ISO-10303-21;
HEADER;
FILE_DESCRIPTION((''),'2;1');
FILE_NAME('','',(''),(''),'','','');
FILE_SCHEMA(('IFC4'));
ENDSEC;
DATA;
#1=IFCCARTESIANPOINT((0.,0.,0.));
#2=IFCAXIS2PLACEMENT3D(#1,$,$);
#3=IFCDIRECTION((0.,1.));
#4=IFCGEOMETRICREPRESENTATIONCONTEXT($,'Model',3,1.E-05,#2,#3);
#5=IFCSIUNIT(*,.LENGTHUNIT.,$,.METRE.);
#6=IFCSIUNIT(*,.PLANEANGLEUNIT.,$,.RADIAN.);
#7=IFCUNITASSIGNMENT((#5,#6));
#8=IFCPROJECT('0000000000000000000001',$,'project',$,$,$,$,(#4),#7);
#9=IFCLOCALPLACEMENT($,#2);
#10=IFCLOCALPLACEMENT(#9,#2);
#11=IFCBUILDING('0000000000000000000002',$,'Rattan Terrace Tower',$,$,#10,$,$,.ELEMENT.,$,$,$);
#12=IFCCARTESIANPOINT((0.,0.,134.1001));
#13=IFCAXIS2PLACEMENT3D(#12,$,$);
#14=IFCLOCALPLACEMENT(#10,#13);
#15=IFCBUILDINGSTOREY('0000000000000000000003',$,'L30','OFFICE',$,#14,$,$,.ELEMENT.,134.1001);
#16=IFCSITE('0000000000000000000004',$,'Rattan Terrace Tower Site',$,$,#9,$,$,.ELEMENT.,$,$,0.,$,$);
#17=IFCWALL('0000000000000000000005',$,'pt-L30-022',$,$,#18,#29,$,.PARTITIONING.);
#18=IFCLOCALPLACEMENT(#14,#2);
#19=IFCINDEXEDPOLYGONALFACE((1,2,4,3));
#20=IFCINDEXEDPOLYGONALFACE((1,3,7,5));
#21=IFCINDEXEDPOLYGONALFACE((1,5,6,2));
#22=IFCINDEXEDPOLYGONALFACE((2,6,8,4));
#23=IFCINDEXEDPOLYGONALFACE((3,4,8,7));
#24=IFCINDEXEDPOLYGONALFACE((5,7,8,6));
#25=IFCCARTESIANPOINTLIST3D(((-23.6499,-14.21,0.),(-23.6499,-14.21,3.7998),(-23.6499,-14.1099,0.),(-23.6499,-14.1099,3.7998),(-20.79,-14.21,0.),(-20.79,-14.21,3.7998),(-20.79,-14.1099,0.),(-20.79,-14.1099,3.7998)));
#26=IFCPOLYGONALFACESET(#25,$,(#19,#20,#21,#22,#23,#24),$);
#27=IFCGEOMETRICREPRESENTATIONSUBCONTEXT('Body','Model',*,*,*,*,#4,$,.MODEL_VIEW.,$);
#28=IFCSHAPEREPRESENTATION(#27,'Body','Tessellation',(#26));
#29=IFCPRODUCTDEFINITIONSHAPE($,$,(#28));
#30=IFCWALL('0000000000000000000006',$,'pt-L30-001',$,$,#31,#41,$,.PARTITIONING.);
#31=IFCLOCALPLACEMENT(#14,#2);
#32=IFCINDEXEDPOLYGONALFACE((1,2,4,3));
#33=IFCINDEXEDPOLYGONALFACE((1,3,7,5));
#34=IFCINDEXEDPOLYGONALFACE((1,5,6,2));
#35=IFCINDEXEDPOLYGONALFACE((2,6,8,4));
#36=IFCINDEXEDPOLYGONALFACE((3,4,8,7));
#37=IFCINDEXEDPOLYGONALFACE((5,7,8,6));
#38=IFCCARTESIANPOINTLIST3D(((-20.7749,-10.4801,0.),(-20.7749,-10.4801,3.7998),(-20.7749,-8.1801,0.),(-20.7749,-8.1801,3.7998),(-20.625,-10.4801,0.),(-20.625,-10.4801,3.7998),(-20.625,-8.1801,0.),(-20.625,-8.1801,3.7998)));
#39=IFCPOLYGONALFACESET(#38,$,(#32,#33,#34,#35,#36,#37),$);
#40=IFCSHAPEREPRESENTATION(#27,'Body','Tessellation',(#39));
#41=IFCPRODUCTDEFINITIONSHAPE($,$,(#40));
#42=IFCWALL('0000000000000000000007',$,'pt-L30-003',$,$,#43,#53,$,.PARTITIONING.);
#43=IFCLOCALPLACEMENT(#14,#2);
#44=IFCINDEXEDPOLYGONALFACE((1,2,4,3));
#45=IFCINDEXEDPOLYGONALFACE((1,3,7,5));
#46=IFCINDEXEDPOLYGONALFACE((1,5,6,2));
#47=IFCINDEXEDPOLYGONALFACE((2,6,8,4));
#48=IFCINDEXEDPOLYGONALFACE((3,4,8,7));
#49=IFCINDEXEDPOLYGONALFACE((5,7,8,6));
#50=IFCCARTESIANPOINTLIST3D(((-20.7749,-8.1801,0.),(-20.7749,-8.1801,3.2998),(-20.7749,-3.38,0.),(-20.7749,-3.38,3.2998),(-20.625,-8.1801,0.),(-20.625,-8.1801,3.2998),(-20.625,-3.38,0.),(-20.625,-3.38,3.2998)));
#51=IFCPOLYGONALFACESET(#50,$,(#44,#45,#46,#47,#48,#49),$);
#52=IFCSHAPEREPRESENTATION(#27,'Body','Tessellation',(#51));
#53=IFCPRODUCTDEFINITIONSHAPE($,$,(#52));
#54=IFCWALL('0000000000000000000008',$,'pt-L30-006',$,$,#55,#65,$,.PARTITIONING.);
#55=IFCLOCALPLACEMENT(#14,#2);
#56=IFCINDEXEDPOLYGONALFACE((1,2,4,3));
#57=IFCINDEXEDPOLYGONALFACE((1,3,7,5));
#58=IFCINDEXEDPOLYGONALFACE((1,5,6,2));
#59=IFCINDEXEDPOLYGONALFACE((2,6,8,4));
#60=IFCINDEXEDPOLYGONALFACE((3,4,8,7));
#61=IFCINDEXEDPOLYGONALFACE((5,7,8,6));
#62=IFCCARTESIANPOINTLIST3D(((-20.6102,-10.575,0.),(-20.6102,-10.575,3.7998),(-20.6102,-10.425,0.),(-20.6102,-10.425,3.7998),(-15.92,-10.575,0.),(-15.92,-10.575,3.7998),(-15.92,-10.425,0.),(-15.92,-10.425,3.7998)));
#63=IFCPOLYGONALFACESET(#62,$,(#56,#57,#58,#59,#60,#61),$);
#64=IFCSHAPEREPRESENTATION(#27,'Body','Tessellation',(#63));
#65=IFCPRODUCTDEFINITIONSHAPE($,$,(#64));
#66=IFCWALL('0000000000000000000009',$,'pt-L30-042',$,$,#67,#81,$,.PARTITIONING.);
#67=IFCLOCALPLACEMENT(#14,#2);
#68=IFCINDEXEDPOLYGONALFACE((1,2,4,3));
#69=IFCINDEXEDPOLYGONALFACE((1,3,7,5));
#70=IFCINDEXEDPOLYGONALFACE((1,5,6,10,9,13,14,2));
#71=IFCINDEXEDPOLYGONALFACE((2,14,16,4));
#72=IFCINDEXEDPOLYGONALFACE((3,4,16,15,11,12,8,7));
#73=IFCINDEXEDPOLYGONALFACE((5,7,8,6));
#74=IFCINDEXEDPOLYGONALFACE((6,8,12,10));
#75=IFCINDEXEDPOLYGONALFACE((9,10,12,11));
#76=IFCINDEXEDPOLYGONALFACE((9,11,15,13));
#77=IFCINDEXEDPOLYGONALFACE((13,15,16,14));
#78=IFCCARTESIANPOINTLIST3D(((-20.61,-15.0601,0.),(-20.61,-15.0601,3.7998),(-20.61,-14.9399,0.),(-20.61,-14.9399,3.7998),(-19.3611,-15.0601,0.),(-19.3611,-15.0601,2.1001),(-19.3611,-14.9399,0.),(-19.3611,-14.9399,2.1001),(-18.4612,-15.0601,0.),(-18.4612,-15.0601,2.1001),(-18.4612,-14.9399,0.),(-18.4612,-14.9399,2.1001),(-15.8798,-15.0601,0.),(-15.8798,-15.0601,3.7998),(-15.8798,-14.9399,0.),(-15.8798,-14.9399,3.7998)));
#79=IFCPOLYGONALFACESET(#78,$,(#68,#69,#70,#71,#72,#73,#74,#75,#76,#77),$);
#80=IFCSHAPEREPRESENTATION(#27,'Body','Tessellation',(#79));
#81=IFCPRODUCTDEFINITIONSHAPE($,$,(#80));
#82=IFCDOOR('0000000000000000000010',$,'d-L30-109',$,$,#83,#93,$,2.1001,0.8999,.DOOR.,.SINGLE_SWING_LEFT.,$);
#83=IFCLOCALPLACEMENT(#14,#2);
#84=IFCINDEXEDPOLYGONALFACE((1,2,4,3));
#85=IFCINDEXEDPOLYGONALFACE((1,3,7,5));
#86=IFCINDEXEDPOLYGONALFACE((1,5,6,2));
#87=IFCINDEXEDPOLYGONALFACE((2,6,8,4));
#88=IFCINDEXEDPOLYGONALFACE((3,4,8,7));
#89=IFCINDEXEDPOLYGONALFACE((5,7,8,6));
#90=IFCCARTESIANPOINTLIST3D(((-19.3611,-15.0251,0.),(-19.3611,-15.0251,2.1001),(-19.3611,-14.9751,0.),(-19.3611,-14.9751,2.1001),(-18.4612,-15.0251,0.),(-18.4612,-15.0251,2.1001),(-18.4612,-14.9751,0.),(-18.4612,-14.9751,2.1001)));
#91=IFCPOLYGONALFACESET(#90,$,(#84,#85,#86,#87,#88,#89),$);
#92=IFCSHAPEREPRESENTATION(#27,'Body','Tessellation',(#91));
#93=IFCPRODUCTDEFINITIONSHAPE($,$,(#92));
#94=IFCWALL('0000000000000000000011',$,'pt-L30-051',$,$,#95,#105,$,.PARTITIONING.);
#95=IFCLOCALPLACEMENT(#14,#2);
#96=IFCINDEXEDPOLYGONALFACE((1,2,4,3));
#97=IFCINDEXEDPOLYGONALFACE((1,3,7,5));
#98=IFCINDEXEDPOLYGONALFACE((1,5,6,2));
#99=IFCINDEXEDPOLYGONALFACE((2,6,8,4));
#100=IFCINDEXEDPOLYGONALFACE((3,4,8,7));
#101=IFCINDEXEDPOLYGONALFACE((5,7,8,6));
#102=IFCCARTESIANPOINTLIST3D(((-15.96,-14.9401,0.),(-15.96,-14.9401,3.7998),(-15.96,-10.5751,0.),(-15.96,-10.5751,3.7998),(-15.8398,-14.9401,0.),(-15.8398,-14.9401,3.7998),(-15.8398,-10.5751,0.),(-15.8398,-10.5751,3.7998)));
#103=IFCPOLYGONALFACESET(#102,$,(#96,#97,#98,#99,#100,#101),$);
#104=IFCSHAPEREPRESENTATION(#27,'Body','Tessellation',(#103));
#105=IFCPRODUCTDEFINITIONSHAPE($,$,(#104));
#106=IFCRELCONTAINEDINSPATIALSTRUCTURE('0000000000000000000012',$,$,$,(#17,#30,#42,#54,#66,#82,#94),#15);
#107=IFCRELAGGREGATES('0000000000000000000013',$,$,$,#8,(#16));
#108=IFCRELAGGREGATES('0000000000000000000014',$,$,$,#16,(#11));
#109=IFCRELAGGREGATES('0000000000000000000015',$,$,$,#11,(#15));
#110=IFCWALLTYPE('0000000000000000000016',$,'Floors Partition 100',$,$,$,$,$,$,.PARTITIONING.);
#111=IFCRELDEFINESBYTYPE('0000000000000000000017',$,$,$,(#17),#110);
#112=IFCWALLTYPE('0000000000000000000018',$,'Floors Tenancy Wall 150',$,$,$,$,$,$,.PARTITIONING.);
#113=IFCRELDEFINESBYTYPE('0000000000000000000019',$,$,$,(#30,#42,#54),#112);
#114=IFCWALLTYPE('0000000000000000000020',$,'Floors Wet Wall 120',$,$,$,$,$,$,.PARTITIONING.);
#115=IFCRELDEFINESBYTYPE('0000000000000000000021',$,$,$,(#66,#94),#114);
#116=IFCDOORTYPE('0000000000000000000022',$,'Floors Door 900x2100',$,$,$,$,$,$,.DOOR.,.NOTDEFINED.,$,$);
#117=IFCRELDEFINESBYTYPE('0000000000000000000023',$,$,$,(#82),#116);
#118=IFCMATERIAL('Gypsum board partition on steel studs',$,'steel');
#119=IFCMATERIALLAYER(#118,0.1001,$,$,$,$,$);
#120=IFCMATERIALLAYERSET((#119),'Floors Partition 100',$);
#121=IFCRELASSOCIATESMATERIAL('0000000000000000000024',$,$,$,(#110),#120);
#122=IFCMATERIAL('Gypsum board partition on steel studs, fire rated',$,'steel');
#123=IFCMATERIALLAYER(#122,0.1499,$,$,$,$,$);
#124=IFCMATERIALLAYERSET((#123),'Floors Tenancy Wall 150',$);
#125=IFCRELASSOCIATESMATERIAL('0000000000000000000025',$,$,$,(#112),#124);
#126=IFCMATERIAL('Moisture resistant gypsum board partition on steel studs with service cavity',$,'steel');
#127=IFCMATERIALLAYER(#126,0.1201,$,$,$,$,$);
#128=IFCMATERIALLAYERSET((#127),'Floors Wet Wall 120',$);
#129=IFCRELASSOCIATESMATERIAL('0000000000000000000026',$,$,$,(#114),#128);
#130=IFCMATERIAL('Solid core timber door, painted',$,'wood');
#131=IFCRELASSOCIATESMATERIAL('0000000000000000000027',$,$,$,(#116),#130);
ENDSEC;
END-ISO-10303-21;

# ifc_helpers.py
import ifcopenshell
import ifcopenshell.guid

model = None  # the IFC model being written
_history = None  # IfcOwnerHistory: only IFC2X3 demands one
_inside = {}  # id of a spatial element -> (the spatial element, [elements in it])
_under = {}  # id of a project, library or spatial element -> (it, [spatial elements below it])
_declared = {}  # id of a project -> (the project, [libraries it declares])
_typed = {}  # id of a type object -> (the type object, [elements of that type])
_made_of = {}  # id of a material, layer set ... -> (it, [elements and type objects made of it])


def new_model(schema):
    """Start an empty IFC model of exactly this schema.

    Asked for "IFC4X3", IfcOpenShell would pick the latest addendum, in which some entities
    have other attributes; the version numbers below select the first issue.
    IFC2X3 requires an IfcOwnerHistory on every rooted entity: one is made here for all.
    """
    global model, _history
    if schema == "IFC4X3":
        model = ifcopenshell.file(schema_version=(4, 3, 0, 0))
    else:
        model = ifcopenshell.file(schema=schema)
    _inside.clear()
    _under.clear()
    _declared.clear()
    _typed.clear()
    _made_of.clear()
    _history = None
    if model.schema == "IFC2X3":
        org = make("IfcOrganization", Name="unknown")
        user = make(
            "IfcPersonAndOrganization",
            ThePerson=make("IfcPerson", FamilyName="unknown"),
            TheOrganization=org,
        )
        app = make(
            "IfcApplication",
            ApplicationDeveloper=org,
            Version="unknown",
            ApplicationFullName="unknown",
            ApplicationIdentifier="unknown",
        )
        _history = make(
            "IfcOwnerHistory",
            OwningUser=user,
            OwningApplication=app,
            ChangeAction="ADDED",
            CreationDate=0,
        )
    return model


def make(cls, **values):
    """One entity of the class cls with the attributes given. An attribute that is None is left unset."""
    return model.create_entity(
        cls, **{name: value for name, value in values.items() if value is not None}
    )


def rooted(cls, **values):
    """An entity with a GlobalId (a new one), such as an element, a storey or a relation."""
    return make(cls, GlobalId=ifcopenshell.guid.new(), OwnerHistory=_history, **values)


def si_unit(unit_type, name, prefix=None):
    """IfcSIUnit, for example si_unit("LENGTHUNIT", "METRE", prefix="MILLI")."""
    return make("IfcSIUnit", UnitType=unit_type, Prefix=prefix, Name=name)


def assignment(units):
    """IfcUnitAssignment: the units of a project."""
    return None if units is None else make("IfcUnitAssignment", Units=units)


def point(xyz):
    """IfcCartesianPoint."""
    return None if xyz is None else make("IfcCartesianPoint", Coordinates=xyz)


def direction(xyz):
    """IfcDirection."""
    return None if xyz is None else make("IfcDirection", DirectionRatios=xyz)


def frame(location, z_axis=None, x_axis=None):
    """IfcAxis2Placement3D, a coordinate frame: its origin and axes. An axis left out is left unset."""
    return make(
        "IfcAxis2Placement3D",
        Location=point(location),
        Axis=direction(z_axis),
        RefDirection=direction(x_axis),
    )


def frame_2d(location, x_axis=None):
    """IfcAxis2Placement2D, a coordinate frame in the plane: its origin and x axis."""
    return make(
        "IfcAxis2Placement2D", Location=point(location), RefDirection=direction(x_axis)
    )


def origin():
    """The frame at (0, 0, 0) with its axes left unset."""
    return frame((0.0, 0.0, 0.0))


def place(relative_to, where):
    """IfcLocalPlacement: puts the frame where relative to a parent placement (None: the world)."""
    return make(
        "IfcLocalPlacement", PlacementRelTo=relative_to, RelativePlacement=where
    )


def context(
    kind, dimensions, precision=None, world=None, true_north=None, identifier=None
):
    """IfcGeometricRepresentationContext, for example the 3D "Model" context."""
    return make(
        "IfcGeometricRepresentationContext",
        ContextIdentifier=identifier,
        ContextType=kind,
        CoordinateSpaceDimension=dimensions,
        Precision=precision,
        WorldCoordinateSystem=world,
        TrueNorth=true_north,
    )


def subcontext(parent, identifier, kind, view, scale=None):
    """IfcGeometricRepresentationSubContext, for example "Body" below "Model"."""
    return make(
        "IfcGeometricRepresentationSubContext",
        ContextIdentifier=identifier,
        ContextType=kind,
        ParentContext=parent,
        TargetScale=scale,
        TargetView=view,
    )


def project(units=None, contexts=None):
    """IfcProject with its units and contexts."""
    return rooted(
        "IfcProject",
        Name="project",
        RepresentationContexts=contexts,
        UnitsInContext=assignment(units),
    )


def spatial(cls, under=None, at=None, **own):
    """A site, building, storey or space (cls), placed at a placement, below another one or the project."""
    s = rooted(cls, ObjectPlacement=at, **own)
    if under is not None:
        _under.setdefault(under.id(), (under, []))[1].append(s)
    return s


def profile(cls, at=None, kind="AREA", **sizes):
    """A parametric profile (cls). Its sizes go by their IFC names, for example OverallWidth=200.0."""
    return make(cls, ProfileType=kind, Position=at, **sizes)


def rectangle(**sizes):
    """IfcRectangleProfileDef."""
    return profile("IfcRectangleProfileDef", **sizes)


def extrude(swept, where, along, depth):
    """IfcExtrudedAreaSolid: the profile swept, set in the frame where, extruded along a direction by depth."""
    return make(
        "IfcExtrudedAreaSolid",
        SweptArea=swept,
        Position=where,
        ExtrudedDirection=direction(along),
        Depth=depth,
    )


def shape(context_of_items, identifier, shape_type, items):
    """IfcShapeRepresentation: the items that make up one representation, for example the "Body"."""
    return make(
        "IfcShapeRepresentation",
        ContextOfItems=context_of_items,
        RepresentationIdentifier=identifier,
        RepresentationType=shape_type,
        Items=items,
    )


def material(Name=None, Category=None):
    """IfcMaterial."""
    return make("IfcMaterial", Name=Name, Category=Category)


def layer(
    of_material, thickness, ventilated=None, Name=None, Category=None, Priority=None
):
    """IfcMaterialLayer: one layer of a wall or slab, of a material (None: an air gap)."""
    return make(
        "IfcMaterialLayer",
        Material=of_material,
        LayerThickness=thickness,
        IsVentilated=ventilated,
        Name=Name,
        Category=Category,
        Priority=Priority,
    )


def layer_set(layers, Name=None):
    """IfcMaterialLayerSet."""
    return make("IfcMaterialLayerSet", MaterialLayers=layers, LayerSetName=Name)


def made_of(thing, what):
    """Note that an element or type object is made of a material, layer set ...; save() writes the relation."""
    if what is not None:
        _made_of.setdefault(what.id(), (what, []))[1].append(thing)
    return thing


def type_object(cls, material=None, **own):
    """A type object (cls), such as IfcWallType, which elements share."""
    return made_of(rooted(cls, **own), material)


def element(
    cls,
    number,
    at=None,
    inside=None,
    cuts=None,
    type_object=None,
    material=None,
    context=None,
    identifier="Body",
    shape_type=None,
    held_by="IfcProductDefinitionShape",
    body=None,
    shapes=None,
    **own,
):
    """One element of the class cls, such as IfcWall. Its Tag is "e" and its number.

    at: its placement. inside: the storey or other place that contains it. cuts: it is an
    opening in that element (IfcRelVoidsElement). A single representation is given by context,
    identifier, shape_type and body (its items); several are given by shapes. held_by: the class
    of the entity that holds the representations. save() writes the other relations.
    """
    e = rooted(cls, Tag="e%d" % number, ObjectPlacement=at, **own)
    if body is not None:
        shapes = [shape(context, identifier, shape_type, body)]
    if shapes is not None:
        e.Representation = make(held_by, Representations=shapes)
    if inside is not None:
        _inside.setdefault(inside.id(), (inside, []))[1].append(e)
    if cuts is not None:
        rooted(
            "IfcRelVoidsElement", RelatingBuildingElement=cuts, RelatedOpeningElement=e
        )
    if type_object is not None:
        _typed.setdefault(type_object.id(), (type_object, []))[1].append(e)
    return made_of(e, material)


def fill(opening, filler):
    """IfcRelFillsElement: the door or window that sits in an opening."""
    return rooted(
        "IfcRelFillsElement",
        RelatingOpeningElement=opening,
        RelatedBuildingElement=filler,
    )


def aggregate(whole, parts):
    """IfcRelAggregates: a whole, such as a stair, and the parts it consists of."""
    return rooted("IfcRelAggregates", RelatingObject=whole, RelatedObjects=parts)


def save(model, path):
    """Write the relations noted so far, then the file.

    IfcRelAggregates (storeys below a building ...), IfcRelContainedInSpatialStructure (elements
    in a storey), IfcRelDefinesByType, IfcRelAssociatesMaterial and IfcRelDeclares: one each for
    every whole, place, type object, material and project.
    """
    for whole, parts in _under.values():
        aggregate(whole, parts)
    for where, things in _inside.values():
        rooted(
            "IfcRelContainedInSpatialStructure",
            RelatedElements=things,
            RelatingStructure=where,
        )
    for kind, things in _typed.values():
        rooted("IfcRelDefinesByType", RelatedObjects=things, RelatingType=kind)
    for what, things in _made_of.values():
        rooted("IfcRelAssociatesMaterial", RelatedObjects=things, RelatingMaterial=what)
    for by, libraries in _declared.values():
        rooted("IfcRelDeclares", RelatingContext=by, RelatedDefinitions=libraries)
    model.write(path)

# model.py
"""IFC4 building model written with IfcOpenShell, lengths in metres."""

from ifc_helpers import new_model, si_unit, direction, frame, frame_2d, origin, place, context, subcontext, project, spatial, rectangle, extrude, material, layer, layer_set, type_object, element, fill, save


model = new_model("IFC4")

# Units and contexts
model_context = context("Model", 3, precision=1e-05, world=origin(), true_north=direction((0.0, 1.0)))
body_context = subcontext(model_context, "Body", "Model", "MODEL_VIEW")
ifc_project = project(units=[si_unit("LENGTHUNIT", "METRE"), si_unit("PLANEANGLEUNIT", "RADIAN")], contexts=[model_context])

# Site, building, storey
site_placement = place(None, origin())
site = spatial("IfcSite", under=ifc_project, at=site_placement, Name="Rattan Terrace Tower Site", CompositionType="ELEMENT", RefElevation=0.0)
building_placement = place(site_placement, origin())
building = spatial("IfcBuilding", under=site, at=building_placement, Name="Rattan Terrace Tower", CompositionType="ELEMENT")
storey_placement = place(building_placement, frame((0.0, 0.0, 134.1001)))
storey = spatial("IfcBuildingStorey", under=building, at=storey_placement, Name="L30", Description="OFFICE", CompositionType="ELEMENT", Elevation=134.1001)

# Walls
ifc_material_1 = material(Name="Gypsum board partition on steel studs", Category="steel")
ifc_layer_1 = layer(ifc_material_1, 0.1001)
ifc_layer_set_1 = layer_set([ifc_layer_1], Name="Floors Partition 100")
wall_type_1 = type_object("IfcWallType", Name="Floors Partition 100", PredefinedType="PARTITIONING", material=ifc_layer_set_1)
wall_1_placement = place(storey_placement, frame((-20.79, -14.1599, 0.0), z_axis=(0.0, 0.0, 1.0), x_axis=(-1.0, 0.0, 0.0)))
element("IfcWall", 1, at=wall_1_placement, inside=storey, type_object=wall_type_1, Name="pt-L30-022", PredefinedType="PARTITIONING", context=body_context, shape_type="SweptSolid", body=[
    extrude(rectangle(XDim=2.8599, YDim=0.1001, at=frame_2d((1.4299, 0.0))), origin(), (0.0, 0.0, 1.0), 3.7998),
])
ifc_material_2 = material(Name="Gypsum board partition on steel studs, fire rated", Category="steel")
ifc_layer_2 = layer(ifc_material_2, 0.1499)
ifc_layer_set_2 = layer_set([ifc_layer_2], Name="Floors Tenancy Wall 150")
wall_type_2 = type_object("IfcWallType", Name="Floors Tenancy Wall 150", PredefinedType="PARTITIONING", material=ifc_layer_set_2)
wall_2_placement = place(storey_placement, frame((-20.7, -10.48, 0.0), z_axis=(0.0, 0.0, 1.0), x_axis=(0.0, 1.0, 0.0)))
element("IfcWall", 2, at=wall_2_placement, inside=storey, type_object=wall_type_2, Name="pt-L30-001", PredefinedType="PARTITIONING", context=body_context, shape_type="SweptSolid", body=[
    extrude(rectangle(XDim=2.3, YDim=0.1499, at=frame_2d((1.1499, 0.0))), origin(), (0.0, 0.0, 1.0), 3.7998),
])
wall_3_placement = place(storey_placement, frame((-20.7, -8.1799, 0.0), z_axis=(0.0, 0.0, 1.0), x_axis=(0.0, 1.0, 0.0)))
element("IfcWall", 3, at=wall_3_placement, inside=storey, type_object=wall_type_2, Name="pt-L30-003", PredefinedType="PARTITIONING", context=body_context, shape_type="SweptSolid", body=[
    extrude(rectangle(XDim=4.8, YDim=0.1499, at=frame_2d((2.3999, 0.0))), origin(), (0.0, 0.0, 1.0), 3.2998),
])
wall_4_placement = place(storey_placement, frame((-15.9199, -10.5, 0.0), z_axis=(0.0, 0.0, 1.0), x_axis=(-1.0, 0.0, 0.0)))
element("IfcWall", 4, at=wall_4_placement, inside=storey, type_object=wall_type_2, Name="pt-L30-006", PredefinedType="PARTITIONING", context=body_context, shape_type="SweptSolid", body=[
    extrude(rectangle(XDim=4.6902, YDim=0.1499, at=frame_2d((2.3452, 0.0))), origin(), (0.0, 0.0, 1.0), 3.7998),
])

# Wall, opening, door
ifc_material_3 = material(Name="Moisture resistant gypsum board partition on steel studs with service cavity", Category="steel")
ifc_layer_3 = layer(ifc_material_3, 0.1201)
ifc_layer_set_3 = layer_set([ifc_layer_3], Name="Floors Wet Wall 120")
wall_type_3 = type_object("IfcWallType", Name="Floors Wet Wall 120", PredefinedType="PARTITIONING", material=ifc_layer_set_3)
wall_5_placement = place(storey_placement, frame((-20.6101, -15.0, 0.0), z_axis=(0.0, 0.0, 1.0), x_axis=(1.0, 0.0, 0.0)))
wall_5 = element("IfcWall", 5, at=wall_5_placement, inside=storey, type_object=wall_type_3, Name="pt-L30-042", PredefinedType="PARTITIONING", context=body_context, shape_type="SweptSolid", body=[
    extrude(rectangle(XDim=4.7302, YDim=0.1201, at=frame_2d((2.3652, 0.0))), origin(), (0.0, 0.0, 1.0), 3.7998),
])
opening_1_placement = place(wall_5_placement, frame((1.249, 0.0, 0.0)))
opening_1 = element("IfcOpeningElement", 6, at=opening_1_placement, cuts=wall_5, PredefinedType="OPENING", context=body_context, shape_type="SweptSolid", body=[
    extrude(rectangle(XDim=0.8999, YDim=2.1001, at=frame_2d((0.45, 1.05))), frame((0.0, 0.0706, 0.0), z_axis=(0.0, -1.0, 0.0), x_axis=(1.0, 0.0, 0.0)), (0.0, 0.0, 1.0), 0.1411),
])
ifc_material_4 = material(Name="Solid core timber door, painted", Category="wood")
door_type_1 = type_object("IfcDoorType", Name="Floors Door 900x2100", OperationType="NOTDEFINED", PredefinedType="DOOR", material=ifc_material_4)
door_1_placement = place(opening_1_placement, origin())
door_1 = element("IfcDoor", 7, at=door_1_placement, inside=storey, type_object=door_type_1, Name="d-L30-109", OperationType="SINGLE_SWING_LEFT", OverallHeight=2.1001, OverallWidth=0.8999, PredefinedType="DOOR", context=body_context, shape_type="SweptSolid", body=[
    extrude(rectangle(XDim=0.8999, YDim=2.1001, at=frame_2d((0.45, 1.05))), frame((0.0, 0.0249, 0.0), z_axis=(0.0, -1.0, 0.0), x_axis=(1.0, 0.0, 0.0)), (0.0, 0.0, 1.0), 0.05),
])
fill(opening_1, door_1)

# Wall
wall_6_placement = place(storey_placement, frame((-15.8999, -10.575, 0.0), z_axis=(0.0, 0.0, 1.0), x_axis=(0.0, -1.0, 0.0)))
element("IfcWall", 8, at=wall_6_placement, inside=storey, type_object=wall_type_3, Name="pt-L30-051", PredefinedType="PARTITIONING", context=body_context, shape_type="SweptSolid", body=[
    extrude(rectangle(XDim=4.365, YDim=0.1201, at=frame_2d((2.1826, 0.0))), origin(), (0.0, 0.0, 1.0), 3.7998),
])

save(model, "model.ifc")
